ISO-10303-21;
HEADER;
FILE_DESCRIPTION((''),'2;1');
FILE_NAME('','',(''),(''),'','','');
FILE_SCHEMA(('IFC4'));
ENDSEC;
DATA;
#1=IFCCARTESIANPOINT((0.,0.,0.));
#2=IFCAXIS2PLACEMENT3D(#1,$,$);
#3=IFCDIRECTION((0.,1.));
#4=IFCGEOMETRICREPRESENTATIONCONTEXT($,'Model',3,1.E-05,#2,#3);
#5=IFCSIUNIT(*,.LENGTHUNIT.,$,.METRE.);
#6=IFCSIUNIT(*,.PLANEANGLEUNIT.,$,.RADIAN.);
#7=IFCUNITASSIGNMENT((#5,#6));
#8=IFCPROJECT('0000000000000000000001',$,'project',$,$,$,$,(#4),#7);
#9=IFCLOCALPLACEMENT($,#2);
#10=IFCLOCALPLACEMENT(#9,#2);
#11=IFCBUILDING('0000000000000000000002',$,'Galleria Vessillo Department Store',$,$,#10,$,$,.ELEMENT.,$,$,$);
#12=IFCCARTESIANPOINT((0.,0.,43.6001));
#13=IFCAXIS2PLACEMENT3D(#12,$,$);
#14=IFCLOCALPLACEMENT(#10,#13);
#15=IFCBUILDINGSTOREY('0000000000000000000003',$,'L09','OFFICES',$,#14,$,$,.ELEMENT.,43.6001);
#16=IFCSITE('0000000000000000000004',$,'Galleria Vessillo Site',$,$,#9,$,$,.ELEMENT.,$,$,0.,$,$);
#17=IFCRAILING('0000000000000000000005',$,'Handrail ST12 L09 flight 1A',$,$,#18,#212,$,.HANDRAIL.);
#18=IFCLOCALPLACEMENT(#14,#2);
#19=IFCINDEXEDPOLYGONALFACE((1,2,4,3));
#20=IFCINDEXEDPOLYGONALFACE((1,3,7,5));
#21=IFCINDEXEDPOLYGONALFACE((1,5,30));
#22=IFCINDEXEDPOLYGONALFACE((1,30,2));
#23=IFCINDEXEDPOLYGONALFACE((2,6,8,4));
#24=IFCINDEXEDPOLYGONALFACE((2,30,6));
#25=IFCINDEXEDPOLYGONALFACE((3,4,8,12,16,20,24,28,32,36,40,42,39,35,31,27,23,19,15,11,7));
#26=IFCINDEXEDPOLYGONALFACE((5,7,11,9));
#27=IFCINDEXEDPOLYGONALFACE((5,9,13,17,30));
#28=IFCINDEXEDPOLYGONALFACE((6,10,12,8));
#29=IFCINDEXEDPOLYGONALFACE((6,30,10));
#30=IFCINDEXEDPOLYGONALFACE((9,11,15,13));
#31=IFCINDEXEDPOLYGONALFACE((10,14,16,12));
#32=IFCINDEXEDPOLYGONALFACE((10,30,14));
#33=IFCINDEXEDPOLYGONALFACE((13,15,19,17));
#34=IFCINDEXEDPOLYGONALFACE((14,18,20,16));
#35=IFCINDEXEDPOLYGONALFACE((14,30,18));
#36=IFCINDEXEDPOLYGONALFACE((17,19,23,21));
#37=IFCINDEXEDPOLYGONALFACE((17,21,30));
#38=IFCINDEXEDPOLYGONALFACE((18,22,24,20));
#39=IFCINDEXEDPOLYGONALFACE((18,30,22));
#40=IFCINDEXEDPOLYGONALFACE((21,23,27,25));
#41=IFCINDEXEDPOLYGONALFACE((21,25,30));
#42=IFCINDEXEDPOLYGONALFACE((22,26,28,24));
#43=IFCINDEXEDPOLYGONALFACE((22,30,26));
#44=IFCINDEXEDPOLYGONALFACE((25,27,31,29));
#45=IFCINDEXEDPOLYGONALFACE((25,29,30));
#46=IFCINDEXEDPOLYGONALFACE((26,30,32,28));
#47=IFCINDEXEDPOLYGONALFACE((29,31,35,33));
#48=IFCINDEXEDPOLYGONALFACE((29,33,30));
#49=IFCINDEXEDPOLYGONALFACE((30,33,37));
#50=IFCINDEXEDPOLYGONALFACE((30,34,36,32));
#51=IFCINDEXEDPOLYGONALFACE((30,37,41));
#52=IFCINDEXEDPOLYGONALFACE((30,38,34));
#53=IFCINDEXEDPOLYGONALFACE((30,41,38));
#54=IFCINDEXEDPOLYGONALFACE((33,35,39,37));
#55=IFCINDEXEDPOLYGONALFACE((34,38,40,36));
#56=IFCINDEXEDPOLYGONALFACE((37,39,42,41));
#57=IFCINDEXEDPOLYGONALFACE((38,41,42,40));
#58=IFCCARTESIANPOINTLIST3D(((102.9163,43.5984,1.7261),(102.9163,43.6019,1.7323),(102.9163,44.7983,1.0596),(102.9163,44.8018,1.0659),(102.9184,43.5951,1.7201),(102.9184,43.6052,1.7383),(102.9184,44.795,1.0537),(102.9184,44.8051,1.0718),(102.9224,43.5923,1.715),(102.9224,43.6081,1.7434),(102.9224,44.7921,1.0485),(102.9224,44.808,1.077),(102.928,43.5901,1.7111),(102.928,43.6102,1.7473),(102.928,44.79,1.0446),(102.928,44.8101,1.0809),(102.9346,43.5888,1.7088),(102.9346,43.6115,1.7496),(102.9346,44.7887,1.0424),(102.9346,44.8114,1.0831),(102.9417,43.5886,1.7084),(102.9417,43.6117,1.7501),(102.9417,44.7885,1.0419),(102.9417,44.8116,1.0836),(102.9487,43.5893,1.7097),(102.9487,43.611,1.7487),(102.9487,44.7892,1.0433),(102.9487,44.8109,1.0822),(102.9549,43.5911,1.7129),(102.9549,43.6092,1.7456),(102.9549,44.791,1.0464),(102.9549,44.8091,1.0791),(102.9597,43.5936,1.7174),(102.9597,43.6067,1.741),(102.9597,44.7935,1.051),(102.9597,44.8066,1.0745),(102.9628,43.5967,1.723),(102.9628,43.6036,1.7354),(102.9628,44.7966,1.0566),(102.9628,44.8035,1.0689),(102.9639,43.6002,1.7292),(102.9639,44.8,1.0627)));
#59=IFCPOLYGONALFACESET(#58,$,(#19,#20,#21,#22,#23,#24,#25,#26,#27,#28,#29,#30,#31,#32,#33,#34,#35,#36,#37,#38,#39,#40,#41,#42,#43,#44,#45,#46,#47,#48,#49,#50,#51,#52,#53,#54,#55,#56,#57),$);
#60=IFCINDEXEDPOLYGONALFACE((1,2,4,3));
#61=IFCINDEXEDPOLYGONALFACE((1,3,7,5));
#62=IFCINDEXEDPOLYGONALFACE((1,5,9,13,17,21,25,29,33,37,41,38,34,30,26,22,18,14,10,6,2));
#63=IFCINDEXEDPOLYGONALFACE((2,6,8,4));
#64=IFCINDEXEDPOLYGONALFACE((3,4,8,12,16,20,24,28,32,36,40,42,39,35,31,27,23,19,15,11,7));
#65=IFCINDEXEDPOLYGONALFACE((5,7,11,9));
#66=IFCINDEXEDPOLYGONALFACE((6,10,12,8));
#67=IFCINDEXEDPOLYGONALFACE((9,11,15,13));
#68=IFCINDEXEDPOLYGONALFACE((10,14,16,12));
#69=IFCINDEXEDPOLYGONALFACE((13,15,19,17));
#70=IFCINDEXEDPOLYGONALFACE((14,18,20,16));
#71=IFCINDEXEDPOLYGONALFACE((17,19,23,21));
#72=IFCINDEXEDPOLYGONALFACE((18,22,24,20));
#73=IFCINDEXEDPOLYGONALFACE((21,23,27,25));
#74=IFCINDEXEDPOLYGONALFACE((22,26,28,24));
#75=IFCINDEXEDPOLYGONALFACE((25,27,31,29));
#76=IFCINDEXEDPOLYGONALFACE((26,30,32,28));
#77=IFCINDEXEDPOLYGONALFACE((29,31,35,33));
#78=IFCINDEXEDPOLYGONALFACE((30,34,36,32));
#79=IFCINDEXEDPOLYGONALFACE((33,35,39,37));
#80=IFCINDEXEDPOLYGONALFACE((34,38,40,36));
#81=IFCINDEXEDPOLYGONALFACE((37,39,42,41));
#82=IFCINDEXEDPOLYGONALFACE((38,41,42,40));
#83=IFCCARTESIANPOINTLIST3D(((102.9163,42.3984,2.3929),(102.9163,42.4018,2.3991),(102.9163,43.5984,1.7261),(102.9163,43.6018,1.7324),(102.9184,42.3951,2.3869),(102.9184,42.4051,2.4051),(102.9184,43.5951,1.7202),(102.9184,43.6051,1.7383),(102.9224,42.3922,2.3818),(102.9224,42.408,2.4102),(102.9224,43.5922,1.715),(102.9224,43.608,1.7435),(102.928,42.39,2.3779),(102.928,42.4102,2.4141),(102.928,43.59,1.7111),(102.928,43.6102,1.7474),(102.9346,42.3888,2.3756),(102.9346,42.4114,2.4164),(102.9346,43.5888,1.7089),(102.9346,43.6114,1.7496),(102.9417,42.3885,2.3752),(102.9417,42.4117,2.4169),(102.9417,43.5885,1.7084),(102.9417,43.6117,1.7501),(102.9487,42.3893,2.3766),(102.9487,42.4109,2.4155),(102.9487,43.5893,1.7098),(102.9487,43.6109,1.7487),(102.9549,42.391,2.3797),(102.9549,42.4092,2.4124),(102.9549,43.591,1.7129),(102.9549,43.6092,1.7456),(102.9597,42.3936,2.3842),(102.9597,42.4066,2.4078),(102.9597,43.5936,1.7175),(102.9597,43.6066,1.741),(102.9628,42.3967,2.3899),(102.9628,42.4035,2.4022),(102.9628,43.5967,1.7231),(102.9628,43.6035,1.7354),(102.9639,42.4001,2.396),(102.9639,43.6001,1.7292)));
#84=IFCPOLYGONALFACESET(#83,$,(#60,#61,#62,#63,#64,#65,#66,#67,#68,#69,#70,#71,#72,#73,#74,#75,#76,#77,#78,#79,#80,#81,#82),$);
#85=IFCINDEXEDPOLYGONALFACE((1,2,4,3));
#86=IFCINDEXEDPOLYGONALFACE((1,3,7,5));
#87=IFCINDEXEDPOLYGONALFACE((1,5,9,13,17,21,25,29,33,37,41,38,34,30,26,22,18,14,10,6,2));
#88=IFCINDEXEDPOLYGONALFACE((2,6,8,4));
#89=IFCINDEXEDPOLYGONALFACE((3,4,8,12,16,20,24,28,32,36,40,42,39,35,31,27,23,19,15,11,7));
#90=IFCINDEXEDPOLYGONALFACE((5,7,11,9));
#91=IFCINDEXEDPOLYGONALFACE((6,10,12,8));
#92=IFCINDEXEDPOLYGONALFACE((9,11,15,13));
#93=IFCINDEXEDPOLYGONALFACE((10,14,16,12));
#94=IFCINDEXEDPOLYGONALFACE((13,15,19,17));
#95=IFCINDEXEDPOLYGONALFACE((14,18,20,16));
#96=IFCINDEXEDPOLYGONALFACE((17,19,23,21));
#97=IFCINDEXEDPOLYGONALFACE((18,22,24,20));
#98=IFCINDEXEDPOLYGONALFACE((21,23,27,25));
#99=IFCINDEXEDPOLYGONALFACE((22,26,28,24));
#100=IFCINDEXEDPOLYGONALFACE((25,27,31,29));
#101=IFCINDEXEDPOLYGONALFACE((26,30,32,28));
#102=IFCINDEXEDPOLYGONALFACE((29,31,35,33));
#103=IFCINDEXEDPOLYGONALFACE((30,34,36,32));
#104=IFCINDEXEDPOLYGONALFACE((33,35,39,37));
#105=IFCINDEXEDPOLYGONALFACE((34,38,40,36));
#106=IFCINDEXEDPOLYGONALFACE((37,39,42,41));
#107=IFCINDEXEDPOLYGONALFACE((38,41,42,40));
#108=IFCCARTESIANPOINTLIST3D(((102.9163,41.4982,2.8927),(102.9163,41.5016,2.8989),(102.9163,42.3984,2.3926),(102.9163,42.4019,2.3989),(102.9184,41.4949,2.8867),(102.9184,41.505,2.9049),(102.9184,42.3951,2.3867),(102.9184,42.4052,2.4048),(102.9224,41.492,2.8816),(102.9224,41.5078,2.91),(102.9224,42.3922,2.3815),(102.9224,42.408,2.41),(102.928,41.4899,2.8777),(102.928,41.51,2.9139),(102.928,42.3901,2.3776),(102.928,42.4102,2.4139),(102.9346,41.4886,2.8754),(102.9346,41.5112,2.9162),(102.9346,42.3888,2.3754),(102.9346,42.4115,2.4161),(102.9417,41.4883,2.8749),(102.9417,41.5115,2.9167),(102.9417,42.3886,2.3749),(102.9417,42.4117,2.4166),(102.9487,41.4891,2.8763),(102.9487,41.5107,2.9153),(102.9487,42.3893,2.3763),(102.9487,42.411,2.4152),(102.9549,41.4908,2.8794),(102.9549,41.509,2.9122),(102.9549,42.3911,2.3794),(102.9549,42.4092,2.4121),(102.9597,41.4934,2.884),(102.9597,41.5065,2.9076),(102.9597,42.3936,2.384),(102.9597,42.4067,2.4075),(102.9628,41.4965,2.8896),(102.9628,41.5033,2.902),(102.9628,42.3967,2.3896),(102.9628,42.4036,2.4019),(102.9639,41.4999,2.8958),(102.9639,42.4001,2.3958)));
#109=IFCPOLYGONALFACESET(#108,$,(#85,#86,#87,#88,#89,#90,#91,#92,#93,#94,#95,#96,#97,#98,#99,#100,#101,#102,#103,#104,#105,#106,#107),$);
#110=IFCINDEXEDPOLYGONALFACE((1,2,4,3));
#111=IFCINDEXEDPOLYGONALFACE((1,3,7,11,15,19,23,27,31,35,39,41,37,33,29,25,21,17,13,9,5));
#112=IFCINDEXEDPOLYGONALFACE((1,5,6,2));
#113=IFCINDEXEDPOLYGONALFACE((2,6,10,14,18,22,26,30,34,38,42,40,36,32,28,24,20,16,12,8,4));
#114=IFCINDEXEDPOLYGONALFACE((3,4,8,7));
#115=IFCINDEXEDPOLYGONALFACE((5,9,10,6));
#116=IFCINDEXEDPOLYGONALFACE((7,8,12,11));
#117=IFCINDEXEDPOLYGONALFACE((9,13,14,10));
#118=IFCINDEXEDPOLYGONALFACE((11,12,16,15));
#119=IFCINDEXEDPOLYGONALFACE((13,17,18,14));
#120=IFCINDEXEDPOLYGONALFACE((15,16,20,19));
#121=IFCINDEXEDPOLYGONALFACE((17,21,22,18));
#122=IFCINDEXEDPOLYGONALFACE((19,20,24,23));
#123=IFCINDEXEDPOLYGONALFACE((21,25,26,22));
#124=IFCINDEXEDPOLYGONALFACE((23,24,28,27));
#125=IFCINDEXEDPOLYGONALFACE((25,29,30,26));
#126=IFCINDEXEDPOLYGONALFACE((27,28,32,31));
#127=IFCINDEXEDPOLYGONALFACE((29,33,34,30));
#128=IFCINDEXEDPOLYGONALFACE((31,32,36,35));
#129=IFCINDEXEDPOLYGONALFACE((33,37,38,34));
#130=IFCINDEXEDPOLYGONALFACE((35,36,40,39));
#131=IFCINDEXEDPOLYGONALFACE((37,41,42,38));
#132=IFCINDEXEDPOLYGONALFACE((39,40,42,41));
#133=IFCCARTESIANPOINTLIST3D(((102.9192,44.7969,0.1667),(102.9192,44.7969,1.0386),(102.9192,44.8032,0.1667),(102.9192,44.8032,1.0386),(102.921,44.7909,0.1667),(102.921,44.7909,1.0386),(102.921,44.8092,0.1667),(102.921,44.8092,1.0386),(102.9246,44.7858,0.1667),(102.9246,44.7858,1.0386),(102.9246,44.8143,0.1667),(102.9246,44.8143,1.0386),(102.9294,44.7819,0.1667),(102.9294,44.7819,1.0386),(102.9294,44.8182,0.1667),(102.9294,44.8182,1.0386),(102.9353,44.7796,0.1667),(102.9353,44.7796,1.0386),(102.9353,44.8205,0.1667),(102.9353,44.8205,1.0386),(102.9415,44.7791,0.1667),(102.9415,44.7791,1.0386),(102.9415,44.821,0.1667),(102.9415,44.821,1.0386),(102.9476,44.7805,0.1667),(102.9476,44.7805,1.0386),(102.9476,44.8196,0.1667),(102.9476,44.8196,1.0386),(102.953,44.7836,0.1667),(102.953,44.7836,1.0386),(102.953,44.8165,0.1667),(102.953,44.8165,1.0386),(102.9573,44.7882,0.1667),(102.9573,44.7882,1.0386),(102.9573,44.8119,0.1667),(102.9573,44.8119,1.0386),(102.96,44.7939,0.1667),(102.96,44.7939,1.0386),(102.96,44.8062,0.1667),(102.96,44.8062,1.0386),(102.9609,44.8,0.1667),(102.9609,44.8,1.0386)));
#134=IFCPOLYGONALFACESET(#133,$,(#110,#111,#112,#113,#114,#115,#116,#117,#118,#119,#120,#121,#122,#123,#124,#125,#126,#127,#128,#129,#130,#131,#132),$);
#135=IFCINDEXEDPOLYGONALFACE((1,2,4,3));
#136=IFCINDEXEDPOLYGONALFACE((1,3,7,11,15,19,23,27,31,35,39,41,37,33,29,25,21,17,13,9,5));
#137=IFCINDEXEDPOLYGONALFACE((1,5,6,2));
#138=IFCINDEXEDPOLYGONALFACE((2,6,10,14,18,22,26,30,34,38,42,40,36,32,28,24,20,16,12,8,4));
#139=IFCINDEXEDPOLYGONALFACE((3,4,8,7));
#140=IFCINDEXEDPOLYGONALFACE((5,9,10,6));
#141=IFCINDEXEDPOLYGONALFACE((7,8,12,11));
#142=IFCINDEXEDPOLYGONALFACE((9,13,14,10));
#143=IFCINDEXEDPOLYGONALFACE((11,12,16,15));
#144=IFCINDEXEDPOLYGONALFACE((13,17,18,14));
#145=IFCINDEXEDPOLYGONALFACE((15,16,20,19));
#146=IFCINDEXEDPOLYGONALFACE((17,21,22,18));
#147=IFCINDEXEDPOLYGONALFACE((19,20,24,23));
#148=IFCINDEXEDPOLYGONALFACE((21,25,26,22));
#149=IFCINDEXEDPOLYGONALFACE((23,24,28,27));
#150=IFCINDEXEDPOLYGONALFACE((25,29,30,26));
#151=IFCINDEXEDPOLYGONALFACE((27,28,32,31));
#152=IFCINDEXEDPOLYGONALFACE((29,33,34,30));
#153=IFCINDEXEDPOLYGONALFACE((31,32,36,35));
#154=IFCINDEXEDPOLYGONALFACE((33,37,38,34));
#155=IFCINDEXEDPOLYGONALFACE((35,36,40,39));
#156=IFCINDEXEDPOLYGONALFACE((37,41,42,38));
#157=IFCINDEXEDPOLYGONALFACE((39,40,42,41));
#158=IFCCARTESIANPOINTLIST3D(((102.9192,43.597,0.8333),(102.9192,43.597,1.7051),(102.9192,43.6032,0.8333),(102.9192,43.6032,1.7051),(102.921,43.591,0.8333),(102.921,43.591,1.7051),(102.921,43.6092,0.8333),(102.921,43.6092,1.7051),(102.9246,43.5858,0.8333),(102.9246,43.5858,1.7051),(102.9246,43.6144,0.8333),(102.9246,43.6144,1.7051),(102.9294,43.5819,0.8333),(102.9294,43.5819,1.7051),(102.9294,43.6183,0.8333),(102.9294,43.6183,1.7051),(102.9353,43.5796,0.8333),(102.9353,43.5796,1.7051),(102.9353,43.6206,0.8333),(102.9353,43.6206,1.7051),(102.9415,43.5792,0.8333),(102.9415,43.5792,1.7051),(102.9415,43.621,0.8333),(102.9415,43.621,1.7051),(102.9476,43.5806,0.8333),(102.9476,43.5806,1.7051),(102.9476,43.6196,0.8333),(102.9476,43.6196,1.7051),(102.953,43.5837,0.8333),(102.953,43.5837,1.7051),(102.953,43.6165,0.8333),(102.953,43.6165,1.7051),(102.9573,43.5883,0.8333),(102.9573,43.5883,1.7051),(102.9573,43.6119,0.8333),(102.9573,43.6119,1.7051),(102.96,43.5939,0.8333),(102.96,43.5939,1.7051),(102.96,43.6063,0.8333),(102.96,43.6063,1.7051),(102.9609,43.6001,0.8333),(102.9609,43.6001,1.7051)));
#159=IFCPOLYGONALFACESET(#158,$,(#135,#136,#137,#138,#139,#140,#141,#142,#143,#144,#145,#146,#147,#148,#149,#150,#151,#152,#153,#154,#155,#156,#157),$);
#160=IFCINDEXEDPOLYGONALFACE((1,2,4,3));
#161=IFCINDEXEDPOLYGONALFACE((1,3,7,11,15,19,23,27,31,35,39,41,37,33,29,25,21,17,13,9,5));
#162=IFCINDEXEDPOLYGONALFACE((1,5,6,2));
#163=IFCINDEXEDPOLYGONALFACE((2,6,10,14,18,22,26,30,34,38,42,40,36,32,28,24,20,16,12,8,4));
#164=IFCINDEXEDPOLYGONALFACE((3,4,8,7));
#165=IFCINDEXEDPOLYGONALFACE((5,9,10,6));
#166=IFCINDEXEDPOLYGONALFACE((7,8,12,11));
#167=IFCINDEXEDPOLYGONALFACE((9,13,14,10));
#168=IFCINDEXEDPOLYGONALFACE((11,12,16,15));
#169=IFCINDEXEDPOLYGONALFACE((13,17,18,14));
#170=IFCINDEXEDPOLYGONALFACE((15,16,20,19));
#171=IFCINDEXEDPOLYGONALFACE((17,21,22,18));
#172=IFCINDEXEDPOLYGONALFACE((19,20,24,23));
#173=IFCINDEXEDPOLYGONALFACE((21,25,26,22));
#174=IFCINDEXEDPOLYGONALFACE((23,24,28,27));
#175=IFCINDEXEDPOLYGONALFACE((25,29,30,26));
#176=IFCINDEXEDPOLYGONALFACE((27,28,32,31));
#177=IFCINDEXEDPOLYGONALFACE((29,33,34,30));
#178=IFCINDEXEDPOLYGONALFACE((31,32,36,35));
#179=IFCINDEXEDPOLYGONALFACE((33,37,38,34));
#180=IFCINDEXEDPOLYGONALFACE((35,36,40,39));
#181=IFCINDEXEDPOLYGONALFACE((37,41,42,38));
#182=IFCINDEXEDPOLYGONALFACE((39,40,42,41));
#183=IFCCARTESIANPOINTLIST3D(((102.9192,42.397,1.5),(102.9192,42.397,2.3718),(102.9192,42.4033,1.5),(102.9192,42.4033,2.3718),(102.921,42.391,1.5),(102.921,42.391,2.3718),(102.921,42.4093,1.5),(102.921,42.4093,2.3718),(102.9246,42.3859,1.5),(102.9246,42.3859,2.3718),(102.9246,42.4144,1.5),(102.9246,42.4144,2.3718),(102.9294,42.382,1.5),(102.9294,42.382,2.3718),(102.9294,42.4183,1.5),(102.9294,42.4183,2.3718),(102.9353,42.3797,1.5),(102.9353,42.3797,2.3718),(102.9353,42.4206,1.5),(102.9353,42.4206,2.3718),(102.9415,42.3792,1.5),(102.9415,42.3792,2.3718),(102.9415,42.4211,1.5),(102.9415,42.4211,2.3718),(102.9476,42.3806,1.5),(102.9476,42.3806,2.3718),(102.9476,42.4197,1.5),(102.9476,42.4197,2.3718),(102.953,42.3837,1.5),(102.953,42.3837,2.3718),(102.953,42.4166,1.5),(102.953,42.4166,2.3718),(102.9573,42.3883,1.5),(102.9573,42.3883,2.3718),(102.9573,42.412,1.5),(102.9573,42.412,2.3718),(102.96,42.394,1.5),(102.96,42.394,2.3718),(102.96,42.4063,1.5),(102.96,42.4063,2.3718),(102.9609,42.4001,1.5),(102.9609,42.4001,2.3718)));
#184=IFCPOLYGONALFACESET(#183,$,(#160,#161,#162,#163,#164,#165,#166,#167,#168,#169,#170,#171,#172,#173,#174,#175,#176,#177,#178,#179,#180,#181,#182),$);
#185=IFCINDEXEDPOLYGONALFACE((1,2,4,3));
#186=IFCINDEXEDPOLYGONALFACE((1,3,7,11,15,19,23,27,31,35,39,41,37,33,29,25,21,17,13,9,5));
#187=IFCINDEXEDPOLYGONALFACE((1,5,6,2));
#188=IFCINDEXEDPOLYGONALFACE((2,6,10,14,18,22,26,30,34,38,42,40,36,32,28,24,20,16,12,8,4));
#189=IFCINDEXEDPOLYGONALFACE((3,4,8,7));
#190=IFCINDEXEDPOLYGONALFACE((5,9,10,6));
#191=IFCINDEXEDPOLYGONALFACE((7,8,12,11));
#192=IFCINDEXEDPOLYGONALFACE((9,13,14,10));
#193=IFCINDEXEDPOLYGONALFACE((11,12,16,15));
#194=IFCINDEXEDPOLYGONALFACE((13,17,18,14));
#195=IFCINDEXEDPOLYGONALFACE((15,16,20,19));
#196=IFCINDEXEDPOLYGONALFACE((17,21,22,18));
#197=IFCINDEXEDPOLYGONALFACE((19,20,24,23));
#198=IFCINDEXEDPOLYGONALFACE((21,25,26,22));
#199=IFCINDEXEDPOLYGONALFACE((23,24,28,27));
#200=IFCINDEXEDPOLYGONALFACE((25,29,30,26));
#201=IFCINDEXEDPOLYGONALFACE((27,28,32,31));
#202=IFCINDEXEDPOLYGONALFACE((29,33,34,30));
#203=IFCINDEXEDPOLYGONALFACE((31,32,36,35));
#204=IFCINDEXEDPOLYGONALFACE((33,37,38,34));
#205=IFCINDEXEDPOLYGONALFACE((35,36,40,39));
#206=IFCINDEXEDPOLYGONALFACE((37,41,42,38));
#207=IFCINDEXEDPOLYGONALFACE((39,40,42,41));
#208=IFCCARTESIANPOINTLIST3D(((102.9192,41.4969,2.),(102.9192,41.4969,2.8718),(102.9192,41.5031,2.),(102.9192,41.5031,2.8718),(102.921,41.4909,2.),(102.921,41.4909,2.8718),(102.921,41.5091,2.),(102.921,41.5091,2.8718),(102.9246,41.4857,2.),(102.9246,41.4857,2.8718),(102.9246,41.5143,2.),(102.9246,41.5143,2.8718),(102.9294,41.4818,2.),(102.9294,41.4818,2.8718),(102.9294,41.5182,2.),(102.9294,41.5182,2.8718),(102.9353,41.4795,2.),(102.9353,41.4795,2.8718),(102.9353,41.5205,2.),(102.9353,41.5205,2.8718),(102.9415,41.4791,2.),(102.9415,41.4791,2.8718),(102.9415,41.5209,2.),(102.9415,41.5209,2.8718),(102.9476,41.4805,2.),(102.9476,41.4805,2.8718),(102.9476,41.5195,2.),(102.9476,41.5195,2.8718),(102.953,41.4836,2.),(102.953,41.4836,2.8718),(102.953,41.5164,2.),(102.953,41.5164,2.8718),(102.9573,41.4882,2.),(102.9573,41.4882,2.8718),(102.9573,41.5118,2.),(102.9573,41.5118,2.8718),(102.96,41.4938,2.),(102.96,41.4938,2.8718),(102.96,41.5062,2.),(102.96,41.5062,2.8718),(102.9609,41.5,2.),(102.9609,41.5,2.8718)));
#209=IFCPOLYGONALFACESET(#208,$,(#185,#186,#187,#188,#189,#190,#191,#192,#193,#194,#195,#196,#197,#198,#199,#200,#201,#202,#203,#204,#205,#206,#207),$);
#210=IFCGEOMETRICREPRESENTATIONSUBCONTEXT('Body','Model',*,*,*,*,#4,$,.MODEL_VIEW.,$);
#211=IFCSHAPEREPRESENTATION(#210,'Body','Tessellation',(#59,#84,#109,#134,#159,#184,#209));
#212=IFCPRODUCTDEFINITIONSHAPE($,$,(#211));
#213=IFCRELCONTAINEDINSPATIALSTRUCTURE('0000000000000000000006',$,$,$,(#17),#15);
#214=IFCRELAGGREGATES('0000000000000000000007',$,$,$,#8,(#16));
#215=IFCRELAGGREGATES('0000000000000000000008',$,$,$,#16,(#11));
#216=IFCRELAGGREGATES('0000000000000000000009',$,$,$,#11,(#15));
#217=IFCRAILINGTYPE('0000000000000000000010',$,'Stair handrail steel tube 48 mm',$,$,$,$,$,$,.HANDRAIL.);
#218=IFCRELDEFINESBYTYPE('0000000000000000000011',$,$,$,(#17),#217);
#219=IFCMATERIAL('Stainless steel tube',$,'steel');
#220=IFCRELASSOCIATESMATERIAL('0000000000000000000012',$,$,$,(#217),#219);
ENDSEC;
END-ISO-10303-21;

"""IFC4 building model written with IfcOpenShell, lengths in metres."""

from ifc_helpers import new_model, si_unit, direction, frame, origin, origin_2d, place, context, subcontext, project, spatial, circle, extrude, material, type_object, element, save


model = new_model("IFC4")

# Units and contexts
model_context = context("Model", 3, precision=1e-05, world=origin(), true_north=direction((0.0, 1.0)))
body_context = subcontext(model_context, "Body", "Model", "MODEL_VIEW")
ifc_project = project(units=[si_unit("LENGTHUNIT", "METRE"), si_unit("PLANEANGLEUNIT", "RADIAN")], contexts=[model_context])

# Site, building, storey
site_placement = place(None, origin())
site = spatial("IfcSite", under=ifc_project, at=site_placement, Name="Galleria Vessillo Site", CompositionType="ELEMENT", RefElevation=0.0)
building_placement = place(site_placement, origin())
building = spatial("IfcBuilding", under=site, at=building_placement, Name="Galleria Vessillo Department Store", CompositionType="ELEMENT")
storey_placement = place(building_placement, frame((0.0, 0.0, 43.6001)))
storey = spatial("IfcBuildingStorey", under=building, at=storey_placement, Name="L09", Description="OFFICES", CompositionType="ELEMENT", Elevation=43.6001)

# Railing
ifc_material_1 = material(Name="Stainless steel tube", Category="steel")
railing_type = type_object("IfcRailingType", Name="Stair handrail steel tube 48 mm", PredefinedType="HANDRAIL", material=ifc_material_1)
for number, where, name in (
    (1, (102.9399, 44.8, 0.1667), "Handrail ST12 L09 flight 1A"),
):
    element("IfcRailing", number, at=place(storey_placement, frame(where)), inside=storey, type_object=railing_type, Name=name, PredefinedType="HANDRAIL", context=body_context, shape_type="SweptSolid", body=[
        extrude(circle(Radius=0.0239, at=origin_2d()), frame((0.0, 0.0, 0.896), z_axis=(0.0, -0.874199, 0.485567), x_axis=(1.0, 0.0, 0.0)), (0.0, 0.0, 1.0), 1.3726),
        extrude(circle(Radius=0.0239, at=origin_2d()), frame((0.0, -1.2, 1.5625), z_axis=(0.0, -0.874124, 0.485703), x_axis=(1.0, 0.0, 0.0)), (0.0, 0.0, 1.0), 1.3728),
        extrude(circle(Radius=0.0239, at=origin_2d()), frame((0.0, -2.3999, 2.229), z_axis=(0.0, -0.874191, 0.485583), x_axis=(1.0, 0.0, 0.0)), (0.0, 0.0, 1.0), 1.0298),
        extrude(circle(Radius=0.021, at=origin_2d()), origin(), (0.0, 0.0, 1.0), 0.8718),
        extrude(circle(Radius=0.021, at=origin_2d()), frame((0.0, -1.2, 0.6665)), (0.0, 0.0, 1.0), 0.8718),
        extrude(circle(Radius=0.021, at=origin_2d()), frame((0.0, -2.3999, 1.3333)), (0.0, 0.0, 1.0), 0.8718),
        extrude(circle(Radius=0.021, at=origin_2d()), frame((0.0, -3.3, 1.8333)), (0.0, 0.0, 1.0), 0.8718),
    ])

save(model, "model.ifc")
